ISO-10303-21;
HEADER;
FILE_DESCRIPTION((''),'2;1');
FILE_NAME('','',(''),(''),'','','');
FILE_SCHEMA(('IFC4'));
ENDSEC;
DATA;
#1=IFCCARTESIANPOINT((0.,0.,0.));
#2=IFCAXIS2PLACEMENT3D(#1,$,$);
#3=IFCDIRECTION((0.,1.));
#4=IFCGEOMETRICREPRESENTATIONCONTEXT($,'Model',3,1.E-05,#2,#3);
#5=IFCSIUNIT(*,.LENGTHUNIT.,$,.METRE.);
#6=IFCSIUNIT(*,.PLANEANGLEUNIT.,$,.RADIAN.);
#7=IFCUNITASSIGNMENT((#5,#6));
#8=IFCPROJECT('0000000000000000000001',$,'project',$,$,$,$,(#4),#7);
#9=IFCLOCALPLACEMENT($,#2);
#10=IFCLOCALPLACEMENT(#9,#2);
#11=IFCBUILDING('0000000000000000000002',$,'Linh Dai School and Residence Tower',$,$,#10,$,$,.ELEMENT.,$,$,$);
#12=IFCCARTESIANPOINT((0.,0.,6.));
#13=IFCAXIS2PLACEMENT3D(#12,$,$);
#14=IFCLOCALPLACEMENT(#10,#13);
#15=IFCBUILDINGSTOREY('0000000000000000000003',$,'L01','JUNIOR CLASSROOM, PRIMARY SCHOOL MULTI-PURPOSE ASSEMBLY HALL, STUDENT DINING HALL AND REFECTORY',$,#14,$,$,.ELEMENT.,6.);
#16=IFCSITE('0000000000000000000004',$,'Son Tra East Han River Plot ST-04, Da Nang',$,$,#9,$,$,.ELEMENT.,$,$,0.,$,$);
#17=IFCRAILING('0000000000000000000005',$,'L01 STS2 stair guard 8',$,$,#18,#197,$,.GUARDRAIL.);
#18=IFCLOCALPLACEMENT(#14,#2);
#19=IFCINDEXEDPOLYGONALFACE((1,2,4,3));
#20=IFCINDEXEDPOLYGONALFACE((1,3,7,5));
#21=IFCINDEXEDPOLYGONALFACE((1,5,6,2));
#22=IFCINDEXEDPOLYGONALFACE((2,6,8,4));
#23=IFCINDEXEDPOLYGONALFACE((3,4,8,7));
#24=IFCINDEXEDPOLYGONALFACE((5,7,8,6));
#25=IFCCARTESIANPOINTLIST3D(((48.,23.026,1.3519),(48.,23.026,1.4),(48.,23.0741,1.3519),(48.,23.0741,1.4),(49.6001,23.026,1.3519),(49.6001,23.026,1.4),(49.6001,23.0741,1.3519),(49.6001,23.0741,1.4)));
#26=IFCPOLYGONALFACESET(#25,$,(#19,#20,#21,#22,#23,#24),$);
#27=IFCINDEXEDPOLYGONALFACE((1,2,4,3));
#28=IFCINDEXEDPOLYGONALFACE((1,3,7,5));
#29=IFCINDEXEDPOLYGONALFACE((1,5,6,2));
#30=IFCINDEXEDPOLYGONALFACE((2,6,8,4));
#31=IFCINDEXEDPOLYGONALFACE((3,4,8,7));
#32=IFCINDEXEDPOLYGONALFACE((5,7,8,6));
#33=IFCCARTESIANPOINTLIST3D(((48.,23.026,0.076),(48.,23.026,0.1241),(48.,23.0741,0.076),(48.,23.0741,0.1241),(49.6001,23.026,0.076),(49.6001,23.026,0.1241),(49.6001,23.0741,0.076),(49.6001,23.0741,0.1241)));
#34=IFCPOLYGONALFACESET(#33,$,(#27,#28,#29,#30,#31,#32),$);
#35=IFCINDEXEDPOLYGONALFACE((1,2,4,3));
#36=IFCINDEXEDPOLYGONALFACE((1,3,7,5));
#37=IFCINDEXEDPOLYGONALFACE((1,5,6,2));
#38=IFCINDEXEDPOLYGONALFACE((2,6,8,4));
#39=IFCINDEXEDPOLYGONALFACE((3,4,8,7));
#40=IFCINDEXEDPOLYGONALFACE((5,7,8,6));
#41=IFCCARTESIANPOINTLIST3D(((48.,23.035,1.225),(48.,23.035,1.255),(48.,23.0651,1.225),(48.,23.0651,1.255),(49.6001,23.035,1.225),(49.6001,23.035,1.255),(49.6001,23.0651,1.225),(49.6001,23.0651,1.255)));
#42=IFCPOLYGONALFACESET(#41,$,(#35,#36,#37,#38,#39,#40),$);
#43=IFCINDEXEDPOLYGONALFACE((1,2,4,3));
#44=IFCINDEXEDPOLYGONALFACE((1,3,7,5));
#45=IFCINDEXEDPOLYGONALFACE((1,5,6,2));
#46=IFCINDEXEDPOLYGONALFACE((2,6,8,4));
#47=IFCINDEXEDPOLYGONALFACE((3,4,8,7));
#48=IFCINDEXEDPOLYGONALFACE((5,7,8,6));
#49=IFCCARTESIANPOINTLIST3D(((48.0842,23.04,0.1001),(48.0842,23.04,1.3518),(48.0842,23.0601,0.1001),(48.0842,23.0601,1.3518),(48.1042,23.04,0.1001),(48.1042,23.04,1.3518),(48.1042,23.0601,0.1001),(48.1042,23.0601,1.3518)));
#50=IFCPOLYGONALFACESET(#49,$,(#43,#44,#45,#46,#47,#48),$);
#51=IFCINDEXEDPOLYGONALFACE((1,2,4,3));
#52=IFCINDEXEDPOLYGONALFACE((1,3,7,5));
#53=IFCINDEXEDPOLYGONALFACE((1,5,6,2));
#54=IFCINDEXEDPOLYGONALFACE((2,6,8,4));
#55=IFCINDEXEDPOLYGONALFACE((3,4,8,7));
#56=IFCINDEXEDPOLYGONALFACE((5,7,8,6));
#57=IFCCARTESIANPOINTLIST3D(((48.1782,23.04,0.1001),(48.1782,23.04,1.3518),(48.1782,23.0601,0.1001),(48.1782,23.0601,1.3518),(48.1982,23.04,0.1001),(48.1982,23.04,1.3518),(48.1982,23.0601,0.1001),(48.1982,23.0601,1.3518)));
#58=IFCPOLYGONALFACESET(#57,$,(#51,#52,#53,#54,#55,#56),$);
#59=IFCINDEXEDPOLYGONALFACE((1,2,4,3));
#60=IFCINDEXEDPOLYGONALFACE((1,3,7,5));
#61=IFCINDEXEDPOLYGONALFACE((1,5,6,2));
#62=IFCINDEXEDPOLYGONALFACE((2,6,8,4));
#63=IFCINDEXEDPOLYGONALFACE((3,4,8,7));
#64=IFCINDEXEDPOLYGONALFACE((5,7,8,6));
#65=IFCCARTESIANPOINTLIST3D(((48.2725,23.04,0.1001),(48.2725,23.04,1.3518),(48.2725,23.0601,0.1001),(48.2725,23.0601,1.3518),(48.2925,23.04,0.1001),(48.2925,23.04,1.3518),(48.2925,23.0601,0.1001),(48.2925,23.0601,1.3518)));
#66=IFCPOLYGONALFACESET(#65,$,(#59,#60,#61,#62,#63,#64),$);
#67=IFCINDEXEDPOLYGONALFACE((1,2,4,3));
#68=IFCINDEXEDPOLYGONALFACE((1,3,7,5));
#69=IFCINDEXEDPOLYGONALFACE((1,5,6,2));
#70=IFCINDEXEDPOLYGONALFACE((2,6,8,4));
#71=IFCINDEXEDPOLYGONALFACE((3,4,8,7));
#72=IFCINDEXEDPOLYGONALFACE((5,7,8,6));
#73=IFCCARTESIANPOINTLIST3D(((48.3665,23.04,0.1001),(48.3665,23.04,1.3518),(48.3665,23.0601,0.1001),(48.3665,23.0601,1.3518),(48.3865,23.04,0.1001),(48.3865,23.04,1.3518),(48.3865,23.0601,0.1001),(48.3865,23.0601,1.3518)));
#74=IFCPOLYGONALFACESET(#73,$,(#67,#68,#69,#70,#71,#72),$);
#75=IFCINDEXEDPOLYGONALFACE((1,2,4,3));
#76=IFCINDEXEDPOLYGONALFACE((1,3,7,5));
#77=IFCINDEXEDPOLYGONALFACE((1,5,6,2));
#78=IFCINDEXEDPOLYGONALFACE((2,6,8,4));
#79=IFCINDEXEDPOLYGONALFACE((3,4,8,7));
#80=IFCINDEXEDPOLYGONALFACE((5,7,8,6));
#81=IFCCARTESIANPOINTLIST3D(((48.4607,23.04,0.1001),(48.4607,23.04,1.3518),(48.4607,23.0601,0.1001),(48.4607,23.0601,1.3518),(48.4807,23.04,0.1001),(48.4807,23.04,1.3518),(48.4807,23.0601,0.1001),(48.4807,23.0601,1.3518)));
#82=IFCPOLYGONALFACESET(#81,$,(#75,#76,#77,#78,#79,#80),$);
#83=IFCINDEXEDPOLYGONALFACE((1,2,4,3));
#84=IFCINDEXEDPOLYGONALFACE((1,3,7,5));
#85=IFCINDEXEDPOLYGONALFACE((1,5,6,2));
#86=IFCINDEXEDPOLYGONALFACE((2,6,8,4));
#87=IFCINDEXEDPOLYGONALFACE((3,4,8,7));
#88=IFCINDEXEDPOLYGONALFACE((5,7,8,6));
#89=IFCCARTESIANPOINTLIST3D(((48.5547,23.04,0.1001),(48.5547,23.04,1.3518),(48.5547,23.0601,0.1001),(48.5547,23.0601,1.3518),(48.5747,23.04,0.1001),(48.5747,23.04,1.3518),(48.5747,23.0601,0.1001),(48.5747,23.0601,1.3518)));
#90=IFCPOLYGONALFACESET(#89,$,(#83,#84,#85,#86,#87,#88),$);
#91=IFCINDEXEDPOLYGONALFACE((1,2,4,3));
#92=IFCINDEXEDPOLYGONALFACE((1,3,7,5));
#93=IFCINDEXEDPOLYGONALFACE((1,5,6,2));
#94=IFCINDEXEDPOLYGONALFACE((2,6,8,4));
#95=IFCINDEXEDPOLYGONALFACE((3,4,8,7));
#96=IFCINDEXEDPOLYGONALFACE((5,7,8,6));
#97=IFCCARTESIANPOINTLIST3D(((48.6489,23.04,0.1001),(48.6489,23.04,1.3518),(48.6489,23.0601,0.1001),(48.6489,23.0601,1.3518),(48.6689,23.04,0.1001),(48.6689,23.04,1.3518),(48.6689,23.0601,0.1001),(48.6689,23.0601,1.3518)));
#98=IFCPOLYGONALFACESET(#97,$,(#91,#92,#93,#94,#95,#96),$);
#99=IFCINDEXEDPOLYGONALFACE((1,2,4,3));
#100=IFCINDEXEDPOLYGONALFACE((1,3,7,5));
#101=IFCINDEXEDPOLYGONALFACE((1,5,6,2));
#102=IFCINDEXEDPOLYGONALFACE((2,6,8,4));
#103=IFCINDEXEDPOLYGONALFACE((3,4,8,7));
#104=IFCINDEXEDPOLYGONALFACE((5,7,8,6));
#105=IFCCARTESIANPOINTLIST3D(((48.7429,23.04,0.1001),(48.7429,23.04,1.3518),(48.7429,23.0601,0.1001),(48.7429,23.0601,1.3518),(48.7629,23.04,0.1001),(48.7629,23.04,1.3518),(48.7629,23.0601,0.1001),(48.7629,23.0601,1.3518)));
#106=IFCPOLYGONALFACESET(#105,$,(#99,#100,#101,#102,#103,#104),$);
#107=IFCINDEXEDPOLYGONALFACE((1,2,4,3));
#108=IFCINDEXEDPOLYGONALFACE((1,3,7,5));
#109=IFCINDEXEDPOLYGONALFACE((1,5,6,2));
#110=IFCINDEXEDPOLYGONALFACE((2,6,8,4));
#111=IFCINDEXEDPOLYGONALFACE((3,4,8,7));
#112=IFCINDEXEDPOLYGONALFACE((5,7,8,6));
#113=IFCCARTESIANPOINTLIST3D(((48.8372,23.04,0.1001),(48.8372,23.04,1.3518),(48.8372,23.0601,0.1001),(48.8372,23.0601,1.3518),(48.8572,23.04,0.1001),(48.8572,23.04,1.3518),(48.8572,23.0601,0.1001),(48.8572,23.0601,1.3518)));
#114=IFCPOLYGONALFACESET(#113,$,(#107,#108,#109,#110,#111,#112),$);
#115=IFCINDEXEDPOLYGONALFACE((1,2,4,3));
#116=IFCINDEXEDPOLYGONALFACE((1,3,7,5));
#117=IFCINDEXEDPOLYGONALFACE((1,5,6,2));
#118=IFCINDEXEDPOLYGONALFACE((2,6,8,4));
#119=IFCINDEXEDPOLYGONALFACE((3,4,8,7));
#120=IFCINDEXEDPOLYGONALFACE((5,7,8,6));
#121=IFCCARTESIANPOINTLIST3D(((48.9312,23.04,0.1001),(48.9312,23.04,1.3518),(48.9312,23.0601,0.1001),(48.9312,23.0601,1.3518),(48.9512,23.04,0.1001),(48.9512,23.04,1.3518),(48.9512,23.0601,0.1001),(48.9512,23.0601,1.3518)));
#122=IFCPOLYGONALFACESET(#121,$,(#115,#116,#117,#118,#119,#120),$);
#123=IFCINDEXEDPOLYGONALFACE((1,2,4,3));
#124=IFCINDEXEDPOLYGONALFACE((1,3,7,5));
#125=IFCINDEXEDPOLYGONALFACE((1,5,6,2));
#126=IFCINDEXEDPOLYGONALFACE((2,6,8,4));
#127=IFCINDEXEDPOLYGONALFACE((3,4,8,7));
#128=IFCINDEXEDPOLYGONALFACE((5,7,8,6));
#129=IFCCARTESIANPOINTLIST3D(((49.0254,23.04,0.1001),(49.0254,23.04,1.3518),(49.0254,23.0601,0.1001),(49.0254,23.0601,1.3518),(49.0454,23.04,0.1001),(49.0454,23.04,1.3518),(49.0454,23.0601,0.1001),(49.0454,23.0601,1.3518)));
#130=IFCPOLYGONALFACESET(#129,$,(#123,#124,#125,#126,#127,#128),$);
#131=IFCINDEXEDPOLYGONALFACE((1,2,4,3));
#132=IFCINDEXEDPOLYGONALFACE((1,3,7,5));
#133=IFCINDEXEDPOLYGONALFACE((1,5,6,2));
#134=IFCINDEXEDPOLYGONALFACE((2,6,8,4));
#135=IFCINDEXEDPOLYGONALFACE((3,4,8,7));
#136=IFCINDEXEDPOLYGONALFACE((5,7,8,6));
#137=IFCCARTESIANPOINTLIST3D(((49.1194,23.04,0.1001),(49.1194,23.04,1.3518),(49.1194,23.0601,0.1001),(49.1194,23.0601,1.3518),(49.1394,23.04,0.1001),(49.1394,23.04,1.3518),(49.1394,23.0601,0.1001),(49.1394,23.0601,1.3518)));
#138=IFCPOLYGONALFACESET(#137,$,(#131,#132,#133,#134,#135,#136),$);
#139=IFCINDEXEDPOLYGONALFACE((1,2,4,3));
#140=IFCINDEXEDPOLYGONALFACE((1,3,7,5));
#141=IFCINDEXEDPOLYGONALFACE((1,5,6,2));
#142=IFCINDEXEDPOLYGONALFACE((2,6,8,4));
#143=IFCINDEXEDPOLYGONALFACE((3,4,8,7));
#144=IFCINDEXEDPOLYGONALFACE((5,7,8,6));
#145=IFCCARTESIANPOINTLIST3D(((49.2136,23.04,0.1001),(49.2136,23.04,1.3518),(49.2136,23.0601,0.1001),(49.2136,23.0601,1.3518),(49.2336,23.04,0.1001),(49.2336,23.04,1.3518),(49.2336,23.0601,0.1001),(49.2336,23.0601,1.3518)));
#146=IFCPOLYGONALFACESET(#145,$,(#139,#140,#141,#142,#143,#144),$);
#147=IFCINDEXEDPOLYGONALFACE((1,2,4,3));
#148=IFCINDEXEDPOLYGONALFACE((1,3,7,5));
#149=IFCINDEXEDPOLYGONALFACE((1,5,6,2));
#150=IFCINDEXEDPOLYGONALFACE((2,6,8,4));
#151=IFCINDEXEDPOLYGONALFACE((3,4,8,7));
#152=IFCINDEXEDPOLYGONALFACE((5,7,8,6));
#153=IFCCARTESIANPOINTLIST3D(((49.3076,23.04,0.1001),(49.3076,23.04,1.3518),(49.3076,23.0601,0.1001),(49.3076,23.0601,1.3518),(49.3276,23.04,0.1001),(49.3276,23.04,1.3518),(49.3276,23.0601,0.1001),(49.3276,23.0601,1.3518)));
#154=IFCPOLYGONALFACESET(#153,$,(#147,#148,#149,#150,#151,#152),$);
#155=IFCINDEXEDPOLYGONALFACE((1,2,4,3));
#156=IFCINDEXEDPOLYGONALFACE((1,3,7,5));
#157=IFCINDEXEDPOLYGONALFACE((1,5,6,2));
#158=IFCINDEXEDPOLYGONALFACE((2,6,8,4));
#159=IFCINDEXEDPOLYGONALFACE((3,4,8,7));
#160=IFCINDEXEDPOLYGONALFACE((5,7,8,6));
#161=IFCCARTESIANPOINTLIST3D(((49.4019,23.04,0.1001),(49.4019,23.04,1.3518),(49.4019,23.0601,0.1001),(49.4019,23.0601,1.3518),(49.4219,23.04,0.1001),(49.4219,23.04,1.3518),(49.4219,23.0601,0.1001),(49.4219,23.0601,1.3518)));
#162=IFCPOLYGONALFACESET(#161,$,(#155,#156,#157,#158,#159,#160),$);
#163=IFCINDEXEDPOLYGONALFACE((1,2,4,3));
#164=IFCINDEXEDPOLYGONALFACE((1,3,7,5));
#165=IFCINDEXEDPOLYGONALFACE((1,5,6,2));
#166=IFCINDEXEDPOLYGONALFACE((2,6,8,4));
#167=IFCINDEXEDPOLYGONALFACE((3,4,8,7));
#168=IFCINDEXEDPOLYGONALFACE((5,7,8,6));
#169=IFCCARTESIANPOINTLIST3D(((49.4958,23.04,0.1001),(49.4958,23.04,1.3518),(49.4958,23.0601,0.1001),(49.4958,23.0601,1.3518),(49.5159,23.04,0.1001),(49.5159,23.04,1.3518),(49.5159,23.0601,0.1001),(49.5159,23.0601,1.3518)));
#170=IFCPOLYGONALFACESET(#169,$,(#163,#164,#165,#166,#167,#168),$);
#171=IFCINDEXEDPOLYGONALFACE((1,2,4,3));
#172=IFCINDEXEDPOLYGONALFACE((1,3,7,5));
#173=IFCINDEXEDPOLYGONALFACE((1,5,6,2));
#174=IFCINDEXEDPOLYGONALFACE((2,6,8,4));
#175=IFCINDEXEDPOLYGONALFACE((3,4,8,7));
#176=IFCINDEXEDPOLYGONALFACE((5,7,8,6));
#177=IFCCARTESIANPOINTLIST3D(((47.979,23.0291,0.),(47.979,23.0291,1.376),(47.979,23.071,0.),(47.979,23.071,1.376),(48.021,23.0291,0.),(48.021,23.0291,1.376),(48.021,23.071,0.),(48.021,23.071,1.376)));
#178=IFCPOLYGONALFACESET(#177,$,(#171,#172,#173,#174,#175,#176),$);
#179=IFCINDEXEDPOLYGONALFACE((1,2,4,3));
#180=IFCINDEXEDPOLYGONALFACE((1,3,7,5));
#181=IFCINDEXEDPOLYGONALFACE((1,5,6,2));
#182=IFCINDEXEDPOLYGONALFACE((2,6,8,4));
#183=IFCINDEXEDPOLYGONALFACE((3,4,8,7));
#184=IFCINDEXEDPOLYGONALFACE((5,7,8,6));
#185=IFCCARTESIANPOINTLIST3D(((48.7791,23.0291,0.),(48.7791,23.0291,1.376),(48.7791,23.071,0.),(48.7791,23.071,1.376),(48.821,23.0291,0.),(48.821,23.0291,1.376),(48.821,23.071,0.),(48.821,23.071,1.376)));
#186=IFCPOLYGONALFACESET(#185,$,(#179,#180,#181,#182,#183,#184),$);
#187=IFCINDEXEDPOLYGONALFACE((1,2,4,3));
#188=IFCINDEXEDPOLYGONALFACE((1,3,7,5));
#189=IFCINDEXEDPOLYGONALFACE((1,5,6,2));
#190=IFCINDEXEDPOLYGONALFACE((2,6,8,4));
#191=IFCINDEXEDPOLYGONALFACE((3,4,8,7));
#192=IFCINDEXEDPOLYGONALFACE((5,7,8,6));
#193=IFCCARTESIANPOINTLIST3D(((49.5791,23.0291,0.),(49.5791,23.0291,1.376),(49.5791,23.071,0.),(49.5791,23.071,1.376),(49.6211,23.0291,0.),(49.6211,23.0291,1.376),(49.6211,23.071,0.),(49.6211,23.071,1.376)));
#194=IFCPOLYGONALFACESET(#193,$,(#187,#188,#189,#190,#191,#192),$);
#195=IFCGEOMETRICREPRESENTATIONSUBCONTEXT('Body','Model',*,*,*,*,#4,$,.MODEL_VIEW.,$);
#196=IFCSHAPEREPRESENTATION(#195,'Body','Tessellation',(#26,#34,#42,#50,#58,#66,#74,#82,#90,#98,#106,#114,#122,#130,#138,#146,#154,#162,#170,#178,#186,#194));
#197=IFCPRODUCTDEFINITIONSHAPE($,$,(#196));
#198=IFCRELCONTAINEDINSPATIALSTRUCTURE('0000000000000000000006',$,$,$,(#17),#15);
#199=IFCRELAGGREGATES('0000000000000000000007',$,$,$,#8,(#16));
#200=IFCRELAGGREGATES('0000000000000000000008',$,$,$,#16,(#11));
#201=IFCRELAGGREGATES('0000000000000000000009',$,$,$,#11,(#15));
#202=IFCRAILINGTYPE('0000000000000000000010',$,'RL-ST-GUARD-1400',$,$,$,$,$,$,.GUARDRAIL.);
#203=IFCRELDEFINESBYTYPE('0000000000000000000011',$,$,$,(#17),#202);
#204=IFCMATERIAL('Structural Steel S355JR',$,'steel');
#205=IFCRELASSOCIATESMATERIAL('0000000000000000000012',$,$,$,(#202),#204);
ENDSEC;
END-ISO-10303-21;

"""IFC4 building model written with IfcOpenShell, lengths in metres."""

from ifc_helpers import new_model, si_unit, direction, frame, origin, origin_2d, place, context, subcontext, project, spatial, rectangle, extrude, source, transform, mapped, material, type_object, element, save


model = new_model("IFC4")

# Units and contexts
model_context = context("Model", 3, precision=1e-05, world=origin(), true_north=direction((0.0, 1.0)))
body_context = subcontext(model_context, "Body", "Model", "MODEL_VIEW")
ifc_project = project(units=[si_unit("LENGTHUNIT", "METRE"), si_unit("PLANEANGLEUNIT", "RADIAN")], contexts=[model_context])

# Site, building, storey
site_placement = place(None, origin())
site = spatial("IfcSite", under=ifc_project, at=site_placement, Name="Son Tra East Han River Plot ST-04, Da Nang", CompositionType="ELEMENT", RefElevation=0.0)
building_placement = place(site_placement, origin())
building = spatial("IfcBuilding", under=site, at=building_placement, Name="Linh Dai School and Residence Tower", CompositionType="ELEMENT")
storey_placement = place(building_placement, frame((0.0, 0.0, 6.0)))
storey = spatial("IfcBuildingStorey", under=building, at=storey_placement, Name="L01", Description="JUNIOR CLASSROOM, PRIMARY SCHOOL MULTI-PURPOSE ASSEMBLY HALL, STUDENT DINING HALL AND REFECTORY", CompositionType="ELEMENT", Elevation=6.0)

# Shared definitions
ifc_material_1 = material(Name="Structural Steel S355JR", Category="steel")

# Railing
railing_type_1 = type_object("IfcRailingType", Name="RL-ST-GUARD-1400", PredefinedType="GUARDRAIL", material=ifc_material_1)
shared_shape_1 = source(origin(), body_context, "Body", "SweptSolid", [
    extrude(rectangle(XDim=0.0481, YDim=0.0481, at=origin_2d()), frame((0.0, 0.0, 1.376), z_axis=(1.0, 0.0, 0.0), x_axis=(0.0, 1.0, 0.0)), (0.0, 0.0, 1.0), 1.6001),
    extrude(rectangle(XDim=0.0481, YDim=0.0481, at=origin_2d()), frame((0.0, 0.0, 0.1001), z_axis=(1.0, 0.0, 0.0), x_axis=(0.0, 1.0, 0.0)), (0.0, 0.0, 1.0), 1.6001),
    extrude(rectangle(XDim=0.03, YDim=0.03, at=origin_2d()), frame((0.0, 0.0, 1.24), z_axis=(1.0, 0.0, 0.0), x_axis=(0.0, 1.0, 0.0)), (0.0, 0.0, 1.0), 1.6001),
    extrude(rectangle(XDim=0.02, YDim=0.02, at=origin_2d()), frame((0.0942, 0.0, 0.1001)), (0.0, 0.0, 1.0), 1.2517),
    extrude(rectangle(XDim=0.02, YDim=0.02, at=origin_2d()), frame((0.1882, 0.0, 0.1001)), (0.0, 0.0, 1.0), 1.2517),
    extrude(rectangle(XDim=0.02, YDim=0.02, at=origin_2d()), frame((0.2825, 0.0, 0.1001)), (0.0, 0.0, 1.0), 1.2517),
    extrude(rectangle(XDim=0.02, YDim=0.02, at=origin_2d()), frame((0.3765, 0.0, 0.1001)), (0.0, 0.0, 1.0), 1.2517),
    extrude(rectangle(XDim=0.02, YDim=0.02, at=origin_2d()), frame((0.4707, 0.0, 0.1001)), (0.0, 0.0, 1.0), 1.2517),
    extrude(rectangle(XDim=0.02, YDim=0.02, at=origin_2d()), frame((0.5647, 0.0, 0.1001)), (0.0, 0.0, 1.0), 1.2517),
    extrude(rectangle(XDim=0.02, YDim=0.02, at=origin_2d()), frame((0.6589, 0.0, 0.1001)), (0.0, 0.0, 1.0), 1.2517),
    extrude(rectangle(XDim=0.02, YDim=0.02, at=origin_2d()), frame((0.7529, 0.0, 0.1001)), (0.0, 0.0, 1.0), 1.2517),
    extrude(rectangle(XDim=0.02, YDim=0.02, at=origin_2d()), frame((0.8472, 0.0, 0.1001)), (0.0, 0.0, 1.0), 1.2517),
    extrude(rectangle(XDim=0.02, YDim=0.02, at=origin_2d()), frame((0.9412, 0.0, 0.1001)), (0.0, 0.0, 1.0), 1.2517),
    extrude(rectangle(XDim=0.02, YDim=0.02, at=origin_2d()), frame((1.0354, 0.0, 0.1001)), (0.0, 0.0, 1.0), 1.2517),
    extrude(rectangle(XDim=0.02, YDim=0.02, at=origin_2d()), frame((1.1294, 0.0, 0.1001)), (0.0, 0.0, 1.0), 1.2517),
    extrude(rectangle(XDim=0.02, YDim=0.02, at=origin_2d()), frame((1.2236, 0.0, 0.1001)), (0.0, 0.0, 1.0), 1.2517),
    extrude(rectangle(XDim=0.02, YDim=0.02, at=origin_2d()), frame((1.3176, 0.0, 0.1001)), (0.0, 0.0, 1.0), 1.2517),
    extrude(rectangle(XDim=0.02, YDim=0.02, at=origin_2d()), frame((1.4119, 0.0, 0.1001)), (0.0, 0.0, 1.0), 1.2517),
    extrude(rectangle(XDim=0.02, YDim=0.02, at=origin_2d()), frame((1.5059, 0.0, 0.1001)), (0.0, 0.0, 1.0), 1.2517),
    extrude(rectangle(XDim=0.042, YDim=0.042, at=origin_2d()), origin(), (0.0, 0.0, 1.0), 1.376),
    extrude(rectangle(XDim=0.042, YDim=0.042, at=origin_2d()), frame((0.8, 0.0, 0.0)), (0.0, 0.0, 1.0), 1.376),
    extrude(rectangle(XDim=0.042, YDim=0.042, at=origin_2d()), frame((1.6001, 0.0, 0.0)), (0.0, 0.0, 1.0), 1.376),
])
railing_1_placement = place(storey_placement, frame((48.0, 23.05, 0.0)))
element("IfcRailing", 1, at=railing_1_placement, inside=storey, type_object=railing_type_1, Name="L01 STS2 stair guard 8", PredefinedType="GUARDRAIL", context=body_context, shape_type="MappedRepresentation", body=[
    mapped(shared_shape_1, transform((0.0, 0.0, 0.0), x_axis=(1.0, 0.0, 0.0), y_axis=(0.0, 1.0, 0.0), z_axis=(0.0, 0.0, 1.0), scale=1.0)),
])

save(model, "model.ifc")
